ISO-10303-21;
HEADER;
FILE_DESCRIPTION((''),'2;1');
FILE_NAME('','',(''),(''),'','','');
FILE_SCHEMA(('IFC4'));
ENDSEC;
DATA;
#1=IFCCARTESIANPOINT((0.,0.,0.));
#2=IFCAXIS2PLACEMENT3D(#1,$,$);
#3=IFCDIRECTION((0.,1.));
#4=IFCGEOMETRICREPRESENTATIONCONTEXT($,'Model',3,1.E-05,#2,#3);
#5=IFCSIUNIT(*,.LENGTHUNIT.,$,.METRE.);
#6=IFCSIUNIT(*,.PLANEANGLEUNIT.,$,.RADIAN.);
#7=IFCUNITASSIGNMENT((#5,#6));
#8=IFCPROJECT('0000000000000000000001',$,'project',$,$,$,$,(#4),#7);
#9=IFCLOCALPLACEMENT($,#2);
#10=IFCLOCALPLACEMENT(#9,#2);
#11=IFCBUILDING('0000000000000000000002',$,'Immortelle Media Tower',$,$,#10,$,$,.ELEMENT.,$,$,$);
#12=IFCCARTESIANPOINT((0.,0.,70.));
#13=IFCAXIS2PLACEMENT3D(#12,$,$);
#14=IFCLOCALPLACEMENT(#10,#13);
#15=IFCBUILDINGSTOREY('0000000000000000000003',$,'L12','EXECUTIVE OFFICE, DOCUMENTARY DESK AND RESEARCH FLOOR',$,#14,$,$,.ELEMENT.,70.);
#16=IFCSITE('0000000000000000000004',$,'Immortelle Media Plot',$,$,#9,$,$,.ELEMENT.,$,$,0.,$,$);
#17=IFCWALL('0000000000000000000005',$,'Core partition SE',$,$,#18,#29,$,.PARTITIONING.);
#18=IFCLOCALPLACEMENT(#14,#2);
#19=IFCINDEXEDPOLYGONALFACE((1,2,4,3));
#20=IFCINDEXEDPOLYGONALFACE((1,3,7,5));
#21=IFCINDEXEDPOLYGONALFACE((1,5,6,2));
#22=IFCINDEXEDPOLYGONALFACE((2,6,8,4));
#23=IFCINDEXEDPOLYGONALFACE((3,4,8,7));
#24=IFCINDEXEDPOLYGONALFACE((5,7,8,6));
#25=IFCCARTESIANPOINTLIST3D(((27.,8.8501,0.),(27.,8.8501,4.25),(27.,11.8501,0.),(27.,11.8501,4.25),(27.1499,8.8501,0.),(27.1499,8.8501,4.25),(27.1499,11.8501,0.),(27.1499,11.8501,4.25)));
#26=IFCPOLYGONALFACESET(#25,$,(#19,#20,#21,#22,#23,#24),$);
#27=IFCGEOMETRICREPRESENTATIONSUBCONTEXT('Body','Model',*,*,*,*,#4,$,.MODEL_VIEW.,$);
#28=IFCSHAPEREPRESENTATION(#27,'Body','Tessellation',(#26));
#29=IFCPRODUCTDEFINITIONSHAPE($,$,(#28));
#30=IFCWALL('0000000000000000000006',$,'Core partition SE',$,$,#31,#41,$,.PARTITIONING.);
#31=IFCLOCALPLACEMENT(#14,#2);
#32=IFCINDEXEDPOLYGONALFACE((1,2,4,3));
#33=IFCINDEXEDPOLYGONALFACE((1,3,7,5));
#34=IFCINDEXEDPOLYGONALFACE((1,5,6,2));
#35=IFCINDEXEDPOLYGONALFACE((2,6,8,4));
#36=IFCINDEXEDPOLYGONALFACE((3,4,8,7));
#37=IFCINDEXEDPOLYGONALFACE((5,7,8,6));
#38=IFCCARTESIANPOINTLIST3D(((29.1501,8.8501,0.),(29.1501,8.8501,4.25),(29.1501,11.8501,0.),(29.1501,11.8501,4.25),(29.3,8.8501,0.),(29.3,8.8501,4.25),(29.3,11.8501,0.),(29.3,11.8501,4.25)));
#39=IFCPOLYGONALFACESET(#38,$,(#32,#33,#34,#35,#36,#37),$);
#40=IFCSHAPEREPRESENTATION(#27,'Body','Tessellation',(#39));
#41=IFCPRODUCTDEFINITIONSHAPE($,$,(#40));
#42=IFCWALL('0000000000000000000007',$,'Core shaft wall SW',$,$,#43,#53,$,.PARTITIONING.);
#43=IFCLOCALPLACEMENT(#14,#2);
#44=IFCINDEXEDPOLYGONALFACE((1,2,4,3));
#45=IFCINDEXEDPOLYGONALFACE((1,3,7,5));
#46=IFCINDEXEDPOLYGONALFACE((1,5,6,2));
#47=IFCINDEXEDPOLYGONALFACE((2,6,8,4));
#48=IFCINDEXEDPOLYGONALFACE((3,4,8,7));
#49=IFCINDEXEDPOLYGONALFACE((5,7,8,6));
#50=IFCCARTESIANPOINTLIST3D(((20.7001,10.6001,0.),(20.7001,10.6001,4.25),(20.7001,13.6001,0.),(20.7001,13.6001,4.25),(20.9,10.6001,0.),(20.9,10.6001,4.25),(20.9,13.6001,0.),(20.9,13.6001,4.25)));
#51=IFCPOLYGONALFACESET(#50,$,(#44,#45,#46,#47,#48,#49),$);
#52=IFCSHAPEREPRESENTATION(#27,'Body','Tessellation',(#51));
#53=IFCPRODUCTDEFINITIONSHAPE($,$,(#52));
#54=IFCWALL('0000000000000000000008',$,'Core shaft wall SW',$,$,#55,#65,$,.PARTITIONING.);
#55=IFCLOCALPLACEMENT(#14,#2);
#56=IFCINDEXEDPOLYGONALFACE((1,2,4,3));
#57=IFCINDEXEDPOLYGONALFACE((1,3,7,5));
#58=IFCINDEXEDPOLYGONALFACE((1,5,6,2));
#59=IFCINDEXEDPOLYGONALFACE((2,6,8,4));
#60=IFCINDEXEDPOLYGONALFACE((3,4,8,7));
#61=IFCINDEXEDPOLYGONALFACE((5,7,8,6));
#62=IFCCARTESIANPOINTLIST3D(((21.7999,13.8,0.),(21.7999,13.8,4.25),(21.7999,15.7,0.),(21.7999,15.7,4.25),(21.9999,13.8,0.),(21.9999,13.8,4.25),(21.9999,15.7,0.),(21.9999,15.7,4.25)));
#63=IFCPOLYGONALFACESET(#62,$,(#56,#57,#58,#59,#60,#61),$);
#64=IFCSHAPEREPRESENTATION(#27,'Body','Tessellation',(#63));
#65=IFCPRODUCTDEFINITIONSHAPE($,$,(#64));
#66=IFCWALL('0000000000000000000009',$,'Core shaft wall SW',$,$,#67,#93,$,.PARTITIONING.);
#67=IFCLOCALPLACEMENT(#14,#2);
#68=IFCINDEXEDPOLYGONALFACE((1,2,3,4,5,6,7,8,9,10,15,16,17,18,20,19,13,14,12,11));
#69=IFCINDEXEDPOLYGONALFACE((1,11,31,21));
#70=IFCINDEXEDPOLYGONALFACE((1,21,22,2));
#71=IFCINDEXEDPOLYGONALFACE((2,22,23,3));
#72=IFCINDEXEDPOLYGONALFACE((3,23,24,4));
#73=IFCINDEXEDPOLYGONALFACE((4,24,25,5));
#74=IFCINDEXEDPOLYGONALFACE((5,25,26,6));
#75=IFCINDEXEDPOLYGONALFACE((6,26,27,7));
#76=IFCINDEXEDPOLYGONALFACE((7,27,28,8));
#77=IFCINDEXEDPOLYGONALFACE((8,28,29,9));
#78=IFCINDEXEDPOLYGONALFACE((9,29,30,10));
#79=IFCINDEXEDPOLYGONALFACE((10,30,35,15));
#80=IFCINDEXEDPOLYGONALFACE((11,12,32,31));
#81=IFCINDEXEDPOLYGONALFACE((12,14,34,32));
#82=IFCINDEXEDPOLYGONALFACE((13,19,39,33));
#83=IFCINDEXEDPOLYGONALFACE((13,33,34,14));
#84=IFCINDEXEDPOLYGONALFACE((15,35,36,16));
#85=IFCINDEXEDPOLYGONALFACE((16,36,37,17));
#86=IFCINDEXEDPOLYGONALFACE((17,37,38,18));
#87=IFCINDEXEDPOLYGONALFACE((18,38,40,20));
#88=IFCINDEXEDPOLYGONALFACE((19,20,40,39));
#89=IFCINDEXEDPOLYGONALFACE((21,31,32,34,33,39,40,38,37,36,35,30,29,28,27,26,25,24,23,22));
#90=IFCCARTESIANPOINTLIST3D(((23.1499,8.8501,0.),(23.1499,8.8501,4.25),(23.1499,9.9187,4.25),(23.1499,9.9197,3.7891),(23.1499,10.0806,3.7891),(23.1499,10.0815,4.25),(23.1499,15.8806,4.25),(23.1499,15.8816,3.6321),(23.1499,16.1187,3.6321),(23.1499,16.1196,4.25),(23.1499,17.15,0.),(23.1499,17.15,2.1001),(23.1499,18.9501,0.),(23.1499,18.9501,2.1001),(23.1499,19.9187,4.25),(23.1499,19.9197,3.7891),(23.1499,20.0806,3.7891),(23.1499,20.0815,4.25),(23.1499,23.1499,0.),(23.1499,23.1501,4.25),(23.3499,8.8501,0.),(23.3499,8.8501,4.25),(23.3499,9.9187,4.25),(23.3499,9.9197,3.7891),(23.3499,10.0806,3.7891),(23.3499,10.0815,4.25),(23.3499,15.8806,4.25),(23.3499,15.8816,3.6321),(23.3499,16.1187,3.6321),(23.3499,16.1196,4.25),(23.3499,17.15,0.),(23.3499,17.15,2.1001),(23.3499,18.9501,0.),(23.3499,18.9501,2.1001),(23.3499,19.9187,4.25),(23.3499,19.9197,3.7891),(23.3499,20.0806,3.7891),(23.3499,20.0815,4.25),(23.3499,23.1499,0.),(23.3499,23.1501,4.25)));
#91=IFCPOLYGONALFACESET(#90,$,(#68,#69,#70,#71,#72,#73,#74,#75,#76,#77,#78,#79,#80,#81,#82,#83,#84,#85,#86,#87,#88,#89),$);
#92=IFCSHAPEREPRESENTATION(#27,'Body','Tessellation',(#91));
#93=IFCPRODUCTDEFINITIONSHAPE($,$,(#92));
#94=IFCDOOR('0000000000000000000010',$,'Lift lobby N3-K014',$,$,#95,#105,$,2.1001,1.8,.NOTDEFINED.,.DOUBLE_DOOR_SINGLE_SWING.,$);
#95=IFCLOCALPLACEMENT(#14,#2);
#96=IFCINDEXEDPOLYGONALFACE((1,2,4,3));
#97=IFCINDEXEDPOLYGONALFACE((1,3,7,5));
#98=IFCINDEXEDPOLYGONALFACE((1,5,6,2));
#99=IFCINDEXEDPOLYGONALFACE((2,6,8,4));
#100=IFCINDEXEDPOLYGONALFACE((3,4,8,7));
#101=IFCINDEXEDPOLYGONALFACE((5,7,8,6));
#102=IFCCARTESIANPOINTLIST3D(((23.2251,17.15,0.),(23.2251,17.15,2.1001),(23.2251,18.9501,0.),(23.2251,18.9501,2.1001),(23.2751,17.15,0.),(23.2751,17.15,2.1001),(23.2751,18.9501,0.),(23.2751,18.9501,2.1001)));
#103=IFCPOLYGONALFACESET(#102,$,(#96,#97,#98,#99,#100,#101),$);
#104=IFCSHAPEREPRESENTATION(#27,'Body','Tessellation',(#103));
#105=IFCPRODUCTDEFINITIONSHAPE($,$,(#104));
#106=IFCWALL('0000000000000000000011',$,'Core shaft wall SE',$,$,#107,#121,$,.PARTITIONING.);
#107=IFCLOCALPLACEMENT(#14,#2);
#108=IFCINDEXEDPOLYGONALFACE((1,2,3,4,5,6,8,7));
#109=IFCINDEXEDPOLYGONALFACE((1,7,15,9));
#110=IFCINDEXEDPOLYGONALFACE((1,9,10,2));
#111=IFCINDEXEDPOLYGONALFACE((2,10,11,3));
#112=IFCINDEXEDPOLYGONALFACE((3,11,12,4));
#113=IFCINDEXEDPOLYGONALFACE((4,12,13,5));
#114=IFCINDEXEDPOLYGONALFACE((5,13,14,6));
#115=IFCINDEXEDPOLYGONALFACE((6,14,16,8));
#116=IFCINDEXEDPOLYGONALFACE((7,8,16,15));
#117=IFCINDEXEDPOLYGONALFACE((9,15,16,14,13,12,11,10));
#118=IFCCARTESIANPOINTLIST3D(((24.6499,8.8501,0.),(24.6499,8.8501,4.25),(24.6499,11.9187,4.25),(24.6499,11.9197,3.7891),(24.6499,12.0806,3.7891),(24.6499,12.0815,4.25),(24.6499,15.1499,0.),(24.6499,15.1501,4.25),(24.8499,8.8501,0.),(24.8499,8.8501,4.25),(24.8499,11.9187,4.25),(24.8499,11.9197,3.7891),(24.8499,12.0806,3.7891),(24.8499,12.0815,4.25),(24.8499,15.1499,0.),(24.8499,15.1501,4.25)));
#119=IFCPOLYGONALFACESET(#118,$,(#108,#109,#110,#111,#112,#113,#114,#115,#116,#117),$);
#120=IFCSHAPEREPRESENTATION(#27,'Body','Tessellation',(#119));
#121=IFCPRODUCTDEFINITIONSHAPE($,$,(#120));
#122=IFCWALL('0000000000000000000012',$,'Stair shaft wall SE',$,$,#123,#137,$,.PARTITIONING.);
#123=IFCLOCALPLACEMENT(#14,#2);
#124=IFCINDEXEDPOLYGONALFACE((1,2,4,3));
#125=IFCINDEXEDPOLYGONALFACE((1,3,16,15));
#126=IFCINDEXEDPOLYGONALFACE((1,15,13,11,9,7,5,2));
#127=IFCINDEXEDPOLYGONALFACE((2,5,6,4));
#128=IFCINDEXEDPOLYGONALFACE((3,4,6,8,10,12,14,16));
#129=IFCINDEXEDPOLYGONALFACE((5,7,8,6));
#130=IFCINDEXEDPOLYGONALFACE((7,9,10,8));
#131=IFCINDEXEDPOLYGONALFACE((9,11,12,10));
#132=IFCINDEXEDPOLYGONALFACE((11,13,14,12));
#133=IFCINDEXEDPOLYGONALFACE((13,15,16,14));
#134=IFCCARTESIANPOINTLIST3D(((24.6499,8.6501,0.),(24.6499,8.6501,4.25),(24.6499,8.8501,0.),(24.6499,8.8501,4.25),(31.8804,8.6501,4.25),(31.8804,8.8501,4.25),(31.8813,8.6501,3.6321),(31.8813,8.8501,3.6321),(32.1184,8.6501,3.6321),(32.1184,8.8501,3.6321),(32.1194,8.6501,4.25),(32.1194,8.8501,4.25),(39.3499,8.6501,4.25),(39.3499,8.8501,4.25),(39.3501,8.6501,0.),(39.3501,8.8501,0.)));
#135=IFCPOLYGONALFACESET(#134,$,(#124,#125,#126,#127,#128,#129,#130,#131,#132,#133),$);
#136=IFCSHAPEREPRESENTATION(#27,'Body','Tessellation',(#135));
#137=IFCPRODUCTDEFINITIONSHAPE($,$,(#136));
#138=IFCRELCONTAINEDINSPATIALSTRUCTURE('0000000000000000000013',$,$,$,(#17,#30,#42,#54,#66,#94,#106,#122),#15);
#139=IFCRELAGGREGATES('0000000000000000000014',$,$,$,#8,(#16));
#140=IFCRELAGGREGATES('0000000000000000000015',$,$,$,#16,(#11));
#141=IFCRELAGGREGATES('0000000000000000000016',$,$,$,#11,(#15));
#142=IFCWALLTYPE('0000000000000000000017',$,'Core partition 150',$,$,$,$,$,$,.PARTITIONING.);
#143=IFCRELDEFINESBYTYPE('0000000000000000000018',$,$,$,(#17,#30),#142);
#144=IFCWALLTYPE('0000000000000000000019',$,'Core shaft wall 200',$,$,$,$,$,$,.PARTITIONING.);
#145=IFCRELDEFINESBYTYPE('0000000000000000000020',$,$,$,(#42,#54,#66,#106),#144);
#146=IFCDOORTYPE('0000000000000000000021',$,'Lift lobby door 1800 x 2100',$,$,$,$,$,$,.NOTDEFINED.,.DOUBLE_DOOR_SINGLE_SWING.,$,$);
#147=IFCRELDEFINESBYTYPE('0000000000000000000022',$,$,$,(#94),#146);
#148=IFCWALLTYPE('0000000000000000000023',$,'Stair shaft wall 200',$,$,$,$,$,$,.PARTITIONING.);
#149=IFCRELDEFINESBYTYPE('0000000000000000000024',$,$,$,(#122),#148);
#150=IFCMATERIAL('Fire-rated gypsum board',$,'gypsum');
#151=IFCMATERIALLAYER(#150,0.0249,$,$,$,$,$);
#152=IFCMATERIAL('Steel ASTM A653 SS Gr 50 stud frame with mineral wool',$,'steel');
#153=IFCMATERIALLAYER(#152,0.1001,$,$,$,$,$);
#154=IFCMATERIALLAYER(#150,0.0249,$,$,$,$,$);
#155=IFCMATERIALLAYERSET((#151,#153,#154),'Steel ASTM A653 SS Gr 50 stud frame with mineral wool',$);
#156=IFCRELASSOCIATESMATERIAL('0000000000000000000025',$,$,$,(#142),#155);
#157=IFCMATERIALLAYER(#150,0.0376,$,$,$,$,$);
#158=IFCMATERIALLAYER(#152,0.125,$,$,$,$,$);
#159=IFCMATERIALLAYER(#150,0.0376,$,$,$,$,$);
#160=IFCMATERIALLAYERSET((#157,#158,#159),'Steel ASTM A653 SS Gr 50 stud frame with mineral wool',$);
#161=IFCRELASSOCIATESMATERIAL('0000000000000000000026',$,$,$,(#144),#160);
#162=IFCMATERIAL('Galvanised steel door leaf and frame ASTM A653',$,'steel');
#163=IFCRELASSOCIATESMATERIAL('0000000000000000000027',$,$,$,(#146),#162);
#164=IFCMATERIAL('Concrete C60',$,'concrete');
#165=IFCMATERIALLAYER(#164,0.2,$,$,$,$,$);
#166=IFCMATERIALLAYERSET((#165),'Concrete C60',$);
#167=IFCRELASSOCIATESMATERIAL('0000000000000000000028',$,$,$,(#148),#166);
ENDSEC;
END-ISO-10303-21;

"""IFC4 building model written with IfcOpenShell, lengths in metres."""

from ifc_helpers import new_model, si_unit, direction, frame, frame_2d, origin, place, context, subcontext, project, spatial, polyline, rectangle, outline, extrude, material, layer, layer_set, type_object, element, fill, save


model = new_model("IFC4")

# Units and contexts
model_context = context("Model", 3, precision=1e-05, world=origin(), true_north=direction((0.0, 1.0)))
body_context = subcontext(model_context, "Body", "Model", "MODEL_VIEW")
ifc_project = project(units=[si_unit("LENGTHUNIT", "METRE"), si_unit("PLANEANGLEUNIT", "RADIAN")], contexts=[model_context])

# Site, building, storey
site_placement = place(None, origin())
site = spatial("IfcSite", under=ifc_project, at=site_placement, Name="Immortelle Media Plot", CompositionType="ELEMENT", RefElevation=0.0)
building_placement = place(site_placement, origin())
building = spatial("IfcBuilding", under=site, at=building_placement, Name="Immortelle Media Tower", CompositionType="ELEMENT")
storey_placement = place(building_placement, frame((0.0, 0.0, 70.0)))
storey = spatial("IfcBuildingStorey", under=building, at=storey_placement, Name="L12", Description="EXECUTIVE OFFICE, DOCUMENTARY DESK AND RESEARCH FLOOR", CompositionType="ELEMENT", Elevation=70.0)

# Shared definitions
ifc_material_1 = material(Name="Fire-rated gypsum board", Category="gypsum")
ifc_layer_1 = layer(ifc_material_1, 0.0249)
ifc_material_2 = material(Name="Steel ASTM A653 SS Gr 50 stud frame with mineral wool", Category="steel")
ifc_layer_2 = layer(ifc_material_2, 0.1001)
ifc_layer_3 = layer(ifc_material_1, 0.0249)
ifc_layer_set_1 = layer_set([ifc_layer_1, ifc_layer_2, ifc_layer_3], Name="Steel ASTM A653 SS Gr 50 stud frame with mineral wool")
wall_type_1 = type_object("IfcWallType", Name="Core partition 150", PredefinedType="PARTITIONING", material=ifc_layer_set_1)

# Walls
for number, where, z_axis, x_axis, name in (
    (1, (27.075, 8.8501, 0.0), (0.0, 0.0, 1.0), (0.0, 1.0, 0.0), "Core partition SE"),
    (2, (29.2251, 8.8501, 0.0), (0.0, 0.0, 1.0), (0.0, 1.0, 0.0), "Core partition SE"),
):
    element("IfcWall", number, at=place(storey_placement, frame(where, z_axis=z_axis, x_axis=x_axis)), inside=storey, type_object=wall_type_1, Name=name, PredefinedType="PARTITIONING", context=body_context, shape_type="SweptSolid", body=[
        extrude(rectangle(XDim=3.0, YDim=0.1499, at=frame_2d((1.5, 0.0))), origin(), (0.0, 0.0, 1.0), 4.25),
    ])
ifc_layer_4 = layer(ifc_material_1, 0.0376)
ifc_layer_5 = layer(ifc_material_2, 0.125)
ifc_layer_6 = layer(ifc_material_1, 0.0376)
ifc_layer_set_2 = layer_set([ifc_layer_4, ifc_layer_5, ifc_layer_6], Name="Steel ASTM A653 SS Gr 50 stud frame with mineral wool")
wall_type_2 = type_object("IfcWallType", Name="Core shaft wall 200", PredefinedType="PARTITIONING", material=ifc_layer_set_2)
wall_1_placement = place(storey_placement, frame((20.8, 10.6001, 0.0), z_axis=(0.0, 0.0, 1.0), x_axis=(0.0, 1.0, 0.0)))
element("IfcWall", 3, at=wall_1_placement, inside=storey, type_object=wall_type_2, Name="Core shaft wall SW", PredefinedType="PARTITIONING", context=body_context, shape_type="SweptSolid", body=[
    extrude(rectangle(XDim=3.0, YDim=0.2, at=frame_2d((1.5, 0.0))), origin(), (0.0, 0.0, 1.0), 4.25),
])
wall_2_placement = place(storey_placement, frame((21.8999, 13.8, 0.0), z_axis=(0.0, 0.0, 1.0), x_axis=(0.0, 1.0, 0.0)))
element("IfcWall", 4, at=wall_2_placement, inside=storey, type_object=wall_type_2, Name="Core shaft wall SW", PredefinedType="PARTITIONING", context=body_context, shape_type="SweptSolid", body=[
    extrude(rectangle(XDim=1.8999, YDim=0.2, at=frame_2d((0.95, 0.0))), origin(), (0.0, 0.0, 1.0), 4.25),
])

# Wall, opening, door
wall_3_placement = place(storey_placement, frame((23.25, 8.8501, 0.0), z_axis=(0.0, 0.0, 1.0), x_axis=(0.0, 1.0, 0.0)))
wall_3 = element("IfcWall", 5, at=wall_3_placement, inside=storey, type_object=wall_type_2, Name="Core shaft wall SW", PredefinedType="PARTITIONING", context=body_context, shape_type="SweptSolid", body=[
    extrude(outline(polyline([(0.0, 0.0), (14.2998, 0.0), (14.3, 4.25), (11.2314, 4.25), (11.2305, 3.7891), (11.0696, 3.7891), (11.0686, 4.25), (7.2695, 4.25), (7.2686, 3.6321), (7.0315, 3.6321), (7.0305, 4.25), (1.2314, 4.25), (1.2305, 3.7891), (1.0696, 3.7891), (1.0686, 4.25), (0.0, 4.25), (0.0, 0.0)])), frame((0.0, 0.1001, 0.0), z_axis=(0.0, -1.0, 0.0), x_axis=(1.0, 0.0, 0.0)), (0.0, 0.0, 1.0), 0.2),
])
opening_1_placement = place(wall_3_placement, frame((8.3, 0.0, 0.0)))
opening_1 = element("IfcOpeningElement", 6, at=opening_1_placement, cuts=wall_3, PredefinedType="OPENING", context=body_context, shape_type="SweptSolid", body=[
    extrude(rectangle(XDim=1.8, YDim=2.1001, at=frame_2d((0.8999, 1.05))), frame((0.0, 0.1099, 0.0), z_axis=(0.0, -1.0, 0.0), x_axis=(1.0, 0.0, 0.0)), (0.0, 0.0, 1.0), 0.22),
])
ifc_material_3 = material(Name="Galvanised steel door leaf and frame ASTM A653", Category="steel")
door_type_1 = type_object("IfcDoorType", Name="Lift lobby door 1800 x 2100", OperationType="DOUBLE_DOOR_SINGLE_SWING", PredefinedType="NOTDEFINED", material=ifc_material_3)
door_1_placement = place(opening_1_placement, origin())
door_1 = element("IfcDoor", 7, at=door_1_placement, inside=storey, type_object=door_type_1, Name="Lift lobby N3-K014", OperationType="DOUBLE_DOOR_SINGLE_SWING", OverallHeight=2.1001, OverallWidth=1.8, PredefinedType="NOTDEFINED", context=body_context, shape_type="SweptSolid", body=[
    extrude(rectangle(XDim=1.8, YDim=2.1001, at=frame_2d((0.8999, 1.05))), frame((0.0, 0.0249, 0.0), z_axis=(0.0, -1.0, 0.0), x_axis=(1.0, 0.0, 0.0)), (0.0, 0.0, 1.0), 0.05),
])
fill(opening_1, door_1)

# Walls
wall_4_placement = place(storey_placement, frame((24.75, 8.8501, 0.0), z_axis=(0.0, 0.0, 1.0), x_axis=(0.0, 1.0, 0.0)))
element("IfcWall", 8, at=wall_4_placement, inside=storey, type_object=wall_type_2, Name="Core shaft wall SE", PredefinedType="PARTITIONING", context=body_context, shape_type="SweptSolid", body=[
    extrude(outline(polyline([(0.0, 0.0), (6.2998, 0.0), (6.3, 4.25), (3.2314, 4.25), (3.2305, 3.7891), (3.0696, 3.7891), (3.0686, 4.25), (0.0, 4.25), (0.0, 0.0)])), frame((0.0, 0.1001, 0.0), z_axis=(0.0, -1.0, 0.0), x_axis=(1.0, 0.0, 0.0)), (0.0, 0.0, 1.0), 0.2),
])
ifc_material_4 = material(Name="Concrete C60", Category="concrete")
ifc_layer_7 = layer(ifc_material_4, 0.2)
ifc_layer_set_3 = layer_set([ifc_layer_7], Name="Concrete C60")
wall_type_3 = type_object("IfcWallType", Name="Stair shaft wall 200", PredefinedType="PARTITIONING", material=ifc_layer_set_3)
wall_5_placement = place(storey_placement, frame((24.6499, 8.75, 0.0), z_axis=(0.0, 0.0, 1.0), x_axis=(1.0, 0.0, 0.0)))
element("IfcWall", 9, at=wall_5_placement, inside=storey, type_object=wall_type_3, Name="Stair shaft wall SE", PredefinedType="PARTITIONING", context=body_context, shape_type="SweptSolid", body=[
    extrude(outline(polyline([(0.0, 0.0), (14.7002, 0.0), (14.7, 4.25), (7.4695, 4.25), (7.4685, 3.6321), (7.2314, 3.6321), (7.2305, 4.25), (0.0, 4.25), (0.0, 0.0)])), frame((0.0, 0.1001, 0.0), z_axis=(0.0, -1.0, 0.0), x_axis=(1.0, 0.0, 0.0)), (0.0, 0.0, 1.0), 0.2),
])

save(model, "model.ifc")
